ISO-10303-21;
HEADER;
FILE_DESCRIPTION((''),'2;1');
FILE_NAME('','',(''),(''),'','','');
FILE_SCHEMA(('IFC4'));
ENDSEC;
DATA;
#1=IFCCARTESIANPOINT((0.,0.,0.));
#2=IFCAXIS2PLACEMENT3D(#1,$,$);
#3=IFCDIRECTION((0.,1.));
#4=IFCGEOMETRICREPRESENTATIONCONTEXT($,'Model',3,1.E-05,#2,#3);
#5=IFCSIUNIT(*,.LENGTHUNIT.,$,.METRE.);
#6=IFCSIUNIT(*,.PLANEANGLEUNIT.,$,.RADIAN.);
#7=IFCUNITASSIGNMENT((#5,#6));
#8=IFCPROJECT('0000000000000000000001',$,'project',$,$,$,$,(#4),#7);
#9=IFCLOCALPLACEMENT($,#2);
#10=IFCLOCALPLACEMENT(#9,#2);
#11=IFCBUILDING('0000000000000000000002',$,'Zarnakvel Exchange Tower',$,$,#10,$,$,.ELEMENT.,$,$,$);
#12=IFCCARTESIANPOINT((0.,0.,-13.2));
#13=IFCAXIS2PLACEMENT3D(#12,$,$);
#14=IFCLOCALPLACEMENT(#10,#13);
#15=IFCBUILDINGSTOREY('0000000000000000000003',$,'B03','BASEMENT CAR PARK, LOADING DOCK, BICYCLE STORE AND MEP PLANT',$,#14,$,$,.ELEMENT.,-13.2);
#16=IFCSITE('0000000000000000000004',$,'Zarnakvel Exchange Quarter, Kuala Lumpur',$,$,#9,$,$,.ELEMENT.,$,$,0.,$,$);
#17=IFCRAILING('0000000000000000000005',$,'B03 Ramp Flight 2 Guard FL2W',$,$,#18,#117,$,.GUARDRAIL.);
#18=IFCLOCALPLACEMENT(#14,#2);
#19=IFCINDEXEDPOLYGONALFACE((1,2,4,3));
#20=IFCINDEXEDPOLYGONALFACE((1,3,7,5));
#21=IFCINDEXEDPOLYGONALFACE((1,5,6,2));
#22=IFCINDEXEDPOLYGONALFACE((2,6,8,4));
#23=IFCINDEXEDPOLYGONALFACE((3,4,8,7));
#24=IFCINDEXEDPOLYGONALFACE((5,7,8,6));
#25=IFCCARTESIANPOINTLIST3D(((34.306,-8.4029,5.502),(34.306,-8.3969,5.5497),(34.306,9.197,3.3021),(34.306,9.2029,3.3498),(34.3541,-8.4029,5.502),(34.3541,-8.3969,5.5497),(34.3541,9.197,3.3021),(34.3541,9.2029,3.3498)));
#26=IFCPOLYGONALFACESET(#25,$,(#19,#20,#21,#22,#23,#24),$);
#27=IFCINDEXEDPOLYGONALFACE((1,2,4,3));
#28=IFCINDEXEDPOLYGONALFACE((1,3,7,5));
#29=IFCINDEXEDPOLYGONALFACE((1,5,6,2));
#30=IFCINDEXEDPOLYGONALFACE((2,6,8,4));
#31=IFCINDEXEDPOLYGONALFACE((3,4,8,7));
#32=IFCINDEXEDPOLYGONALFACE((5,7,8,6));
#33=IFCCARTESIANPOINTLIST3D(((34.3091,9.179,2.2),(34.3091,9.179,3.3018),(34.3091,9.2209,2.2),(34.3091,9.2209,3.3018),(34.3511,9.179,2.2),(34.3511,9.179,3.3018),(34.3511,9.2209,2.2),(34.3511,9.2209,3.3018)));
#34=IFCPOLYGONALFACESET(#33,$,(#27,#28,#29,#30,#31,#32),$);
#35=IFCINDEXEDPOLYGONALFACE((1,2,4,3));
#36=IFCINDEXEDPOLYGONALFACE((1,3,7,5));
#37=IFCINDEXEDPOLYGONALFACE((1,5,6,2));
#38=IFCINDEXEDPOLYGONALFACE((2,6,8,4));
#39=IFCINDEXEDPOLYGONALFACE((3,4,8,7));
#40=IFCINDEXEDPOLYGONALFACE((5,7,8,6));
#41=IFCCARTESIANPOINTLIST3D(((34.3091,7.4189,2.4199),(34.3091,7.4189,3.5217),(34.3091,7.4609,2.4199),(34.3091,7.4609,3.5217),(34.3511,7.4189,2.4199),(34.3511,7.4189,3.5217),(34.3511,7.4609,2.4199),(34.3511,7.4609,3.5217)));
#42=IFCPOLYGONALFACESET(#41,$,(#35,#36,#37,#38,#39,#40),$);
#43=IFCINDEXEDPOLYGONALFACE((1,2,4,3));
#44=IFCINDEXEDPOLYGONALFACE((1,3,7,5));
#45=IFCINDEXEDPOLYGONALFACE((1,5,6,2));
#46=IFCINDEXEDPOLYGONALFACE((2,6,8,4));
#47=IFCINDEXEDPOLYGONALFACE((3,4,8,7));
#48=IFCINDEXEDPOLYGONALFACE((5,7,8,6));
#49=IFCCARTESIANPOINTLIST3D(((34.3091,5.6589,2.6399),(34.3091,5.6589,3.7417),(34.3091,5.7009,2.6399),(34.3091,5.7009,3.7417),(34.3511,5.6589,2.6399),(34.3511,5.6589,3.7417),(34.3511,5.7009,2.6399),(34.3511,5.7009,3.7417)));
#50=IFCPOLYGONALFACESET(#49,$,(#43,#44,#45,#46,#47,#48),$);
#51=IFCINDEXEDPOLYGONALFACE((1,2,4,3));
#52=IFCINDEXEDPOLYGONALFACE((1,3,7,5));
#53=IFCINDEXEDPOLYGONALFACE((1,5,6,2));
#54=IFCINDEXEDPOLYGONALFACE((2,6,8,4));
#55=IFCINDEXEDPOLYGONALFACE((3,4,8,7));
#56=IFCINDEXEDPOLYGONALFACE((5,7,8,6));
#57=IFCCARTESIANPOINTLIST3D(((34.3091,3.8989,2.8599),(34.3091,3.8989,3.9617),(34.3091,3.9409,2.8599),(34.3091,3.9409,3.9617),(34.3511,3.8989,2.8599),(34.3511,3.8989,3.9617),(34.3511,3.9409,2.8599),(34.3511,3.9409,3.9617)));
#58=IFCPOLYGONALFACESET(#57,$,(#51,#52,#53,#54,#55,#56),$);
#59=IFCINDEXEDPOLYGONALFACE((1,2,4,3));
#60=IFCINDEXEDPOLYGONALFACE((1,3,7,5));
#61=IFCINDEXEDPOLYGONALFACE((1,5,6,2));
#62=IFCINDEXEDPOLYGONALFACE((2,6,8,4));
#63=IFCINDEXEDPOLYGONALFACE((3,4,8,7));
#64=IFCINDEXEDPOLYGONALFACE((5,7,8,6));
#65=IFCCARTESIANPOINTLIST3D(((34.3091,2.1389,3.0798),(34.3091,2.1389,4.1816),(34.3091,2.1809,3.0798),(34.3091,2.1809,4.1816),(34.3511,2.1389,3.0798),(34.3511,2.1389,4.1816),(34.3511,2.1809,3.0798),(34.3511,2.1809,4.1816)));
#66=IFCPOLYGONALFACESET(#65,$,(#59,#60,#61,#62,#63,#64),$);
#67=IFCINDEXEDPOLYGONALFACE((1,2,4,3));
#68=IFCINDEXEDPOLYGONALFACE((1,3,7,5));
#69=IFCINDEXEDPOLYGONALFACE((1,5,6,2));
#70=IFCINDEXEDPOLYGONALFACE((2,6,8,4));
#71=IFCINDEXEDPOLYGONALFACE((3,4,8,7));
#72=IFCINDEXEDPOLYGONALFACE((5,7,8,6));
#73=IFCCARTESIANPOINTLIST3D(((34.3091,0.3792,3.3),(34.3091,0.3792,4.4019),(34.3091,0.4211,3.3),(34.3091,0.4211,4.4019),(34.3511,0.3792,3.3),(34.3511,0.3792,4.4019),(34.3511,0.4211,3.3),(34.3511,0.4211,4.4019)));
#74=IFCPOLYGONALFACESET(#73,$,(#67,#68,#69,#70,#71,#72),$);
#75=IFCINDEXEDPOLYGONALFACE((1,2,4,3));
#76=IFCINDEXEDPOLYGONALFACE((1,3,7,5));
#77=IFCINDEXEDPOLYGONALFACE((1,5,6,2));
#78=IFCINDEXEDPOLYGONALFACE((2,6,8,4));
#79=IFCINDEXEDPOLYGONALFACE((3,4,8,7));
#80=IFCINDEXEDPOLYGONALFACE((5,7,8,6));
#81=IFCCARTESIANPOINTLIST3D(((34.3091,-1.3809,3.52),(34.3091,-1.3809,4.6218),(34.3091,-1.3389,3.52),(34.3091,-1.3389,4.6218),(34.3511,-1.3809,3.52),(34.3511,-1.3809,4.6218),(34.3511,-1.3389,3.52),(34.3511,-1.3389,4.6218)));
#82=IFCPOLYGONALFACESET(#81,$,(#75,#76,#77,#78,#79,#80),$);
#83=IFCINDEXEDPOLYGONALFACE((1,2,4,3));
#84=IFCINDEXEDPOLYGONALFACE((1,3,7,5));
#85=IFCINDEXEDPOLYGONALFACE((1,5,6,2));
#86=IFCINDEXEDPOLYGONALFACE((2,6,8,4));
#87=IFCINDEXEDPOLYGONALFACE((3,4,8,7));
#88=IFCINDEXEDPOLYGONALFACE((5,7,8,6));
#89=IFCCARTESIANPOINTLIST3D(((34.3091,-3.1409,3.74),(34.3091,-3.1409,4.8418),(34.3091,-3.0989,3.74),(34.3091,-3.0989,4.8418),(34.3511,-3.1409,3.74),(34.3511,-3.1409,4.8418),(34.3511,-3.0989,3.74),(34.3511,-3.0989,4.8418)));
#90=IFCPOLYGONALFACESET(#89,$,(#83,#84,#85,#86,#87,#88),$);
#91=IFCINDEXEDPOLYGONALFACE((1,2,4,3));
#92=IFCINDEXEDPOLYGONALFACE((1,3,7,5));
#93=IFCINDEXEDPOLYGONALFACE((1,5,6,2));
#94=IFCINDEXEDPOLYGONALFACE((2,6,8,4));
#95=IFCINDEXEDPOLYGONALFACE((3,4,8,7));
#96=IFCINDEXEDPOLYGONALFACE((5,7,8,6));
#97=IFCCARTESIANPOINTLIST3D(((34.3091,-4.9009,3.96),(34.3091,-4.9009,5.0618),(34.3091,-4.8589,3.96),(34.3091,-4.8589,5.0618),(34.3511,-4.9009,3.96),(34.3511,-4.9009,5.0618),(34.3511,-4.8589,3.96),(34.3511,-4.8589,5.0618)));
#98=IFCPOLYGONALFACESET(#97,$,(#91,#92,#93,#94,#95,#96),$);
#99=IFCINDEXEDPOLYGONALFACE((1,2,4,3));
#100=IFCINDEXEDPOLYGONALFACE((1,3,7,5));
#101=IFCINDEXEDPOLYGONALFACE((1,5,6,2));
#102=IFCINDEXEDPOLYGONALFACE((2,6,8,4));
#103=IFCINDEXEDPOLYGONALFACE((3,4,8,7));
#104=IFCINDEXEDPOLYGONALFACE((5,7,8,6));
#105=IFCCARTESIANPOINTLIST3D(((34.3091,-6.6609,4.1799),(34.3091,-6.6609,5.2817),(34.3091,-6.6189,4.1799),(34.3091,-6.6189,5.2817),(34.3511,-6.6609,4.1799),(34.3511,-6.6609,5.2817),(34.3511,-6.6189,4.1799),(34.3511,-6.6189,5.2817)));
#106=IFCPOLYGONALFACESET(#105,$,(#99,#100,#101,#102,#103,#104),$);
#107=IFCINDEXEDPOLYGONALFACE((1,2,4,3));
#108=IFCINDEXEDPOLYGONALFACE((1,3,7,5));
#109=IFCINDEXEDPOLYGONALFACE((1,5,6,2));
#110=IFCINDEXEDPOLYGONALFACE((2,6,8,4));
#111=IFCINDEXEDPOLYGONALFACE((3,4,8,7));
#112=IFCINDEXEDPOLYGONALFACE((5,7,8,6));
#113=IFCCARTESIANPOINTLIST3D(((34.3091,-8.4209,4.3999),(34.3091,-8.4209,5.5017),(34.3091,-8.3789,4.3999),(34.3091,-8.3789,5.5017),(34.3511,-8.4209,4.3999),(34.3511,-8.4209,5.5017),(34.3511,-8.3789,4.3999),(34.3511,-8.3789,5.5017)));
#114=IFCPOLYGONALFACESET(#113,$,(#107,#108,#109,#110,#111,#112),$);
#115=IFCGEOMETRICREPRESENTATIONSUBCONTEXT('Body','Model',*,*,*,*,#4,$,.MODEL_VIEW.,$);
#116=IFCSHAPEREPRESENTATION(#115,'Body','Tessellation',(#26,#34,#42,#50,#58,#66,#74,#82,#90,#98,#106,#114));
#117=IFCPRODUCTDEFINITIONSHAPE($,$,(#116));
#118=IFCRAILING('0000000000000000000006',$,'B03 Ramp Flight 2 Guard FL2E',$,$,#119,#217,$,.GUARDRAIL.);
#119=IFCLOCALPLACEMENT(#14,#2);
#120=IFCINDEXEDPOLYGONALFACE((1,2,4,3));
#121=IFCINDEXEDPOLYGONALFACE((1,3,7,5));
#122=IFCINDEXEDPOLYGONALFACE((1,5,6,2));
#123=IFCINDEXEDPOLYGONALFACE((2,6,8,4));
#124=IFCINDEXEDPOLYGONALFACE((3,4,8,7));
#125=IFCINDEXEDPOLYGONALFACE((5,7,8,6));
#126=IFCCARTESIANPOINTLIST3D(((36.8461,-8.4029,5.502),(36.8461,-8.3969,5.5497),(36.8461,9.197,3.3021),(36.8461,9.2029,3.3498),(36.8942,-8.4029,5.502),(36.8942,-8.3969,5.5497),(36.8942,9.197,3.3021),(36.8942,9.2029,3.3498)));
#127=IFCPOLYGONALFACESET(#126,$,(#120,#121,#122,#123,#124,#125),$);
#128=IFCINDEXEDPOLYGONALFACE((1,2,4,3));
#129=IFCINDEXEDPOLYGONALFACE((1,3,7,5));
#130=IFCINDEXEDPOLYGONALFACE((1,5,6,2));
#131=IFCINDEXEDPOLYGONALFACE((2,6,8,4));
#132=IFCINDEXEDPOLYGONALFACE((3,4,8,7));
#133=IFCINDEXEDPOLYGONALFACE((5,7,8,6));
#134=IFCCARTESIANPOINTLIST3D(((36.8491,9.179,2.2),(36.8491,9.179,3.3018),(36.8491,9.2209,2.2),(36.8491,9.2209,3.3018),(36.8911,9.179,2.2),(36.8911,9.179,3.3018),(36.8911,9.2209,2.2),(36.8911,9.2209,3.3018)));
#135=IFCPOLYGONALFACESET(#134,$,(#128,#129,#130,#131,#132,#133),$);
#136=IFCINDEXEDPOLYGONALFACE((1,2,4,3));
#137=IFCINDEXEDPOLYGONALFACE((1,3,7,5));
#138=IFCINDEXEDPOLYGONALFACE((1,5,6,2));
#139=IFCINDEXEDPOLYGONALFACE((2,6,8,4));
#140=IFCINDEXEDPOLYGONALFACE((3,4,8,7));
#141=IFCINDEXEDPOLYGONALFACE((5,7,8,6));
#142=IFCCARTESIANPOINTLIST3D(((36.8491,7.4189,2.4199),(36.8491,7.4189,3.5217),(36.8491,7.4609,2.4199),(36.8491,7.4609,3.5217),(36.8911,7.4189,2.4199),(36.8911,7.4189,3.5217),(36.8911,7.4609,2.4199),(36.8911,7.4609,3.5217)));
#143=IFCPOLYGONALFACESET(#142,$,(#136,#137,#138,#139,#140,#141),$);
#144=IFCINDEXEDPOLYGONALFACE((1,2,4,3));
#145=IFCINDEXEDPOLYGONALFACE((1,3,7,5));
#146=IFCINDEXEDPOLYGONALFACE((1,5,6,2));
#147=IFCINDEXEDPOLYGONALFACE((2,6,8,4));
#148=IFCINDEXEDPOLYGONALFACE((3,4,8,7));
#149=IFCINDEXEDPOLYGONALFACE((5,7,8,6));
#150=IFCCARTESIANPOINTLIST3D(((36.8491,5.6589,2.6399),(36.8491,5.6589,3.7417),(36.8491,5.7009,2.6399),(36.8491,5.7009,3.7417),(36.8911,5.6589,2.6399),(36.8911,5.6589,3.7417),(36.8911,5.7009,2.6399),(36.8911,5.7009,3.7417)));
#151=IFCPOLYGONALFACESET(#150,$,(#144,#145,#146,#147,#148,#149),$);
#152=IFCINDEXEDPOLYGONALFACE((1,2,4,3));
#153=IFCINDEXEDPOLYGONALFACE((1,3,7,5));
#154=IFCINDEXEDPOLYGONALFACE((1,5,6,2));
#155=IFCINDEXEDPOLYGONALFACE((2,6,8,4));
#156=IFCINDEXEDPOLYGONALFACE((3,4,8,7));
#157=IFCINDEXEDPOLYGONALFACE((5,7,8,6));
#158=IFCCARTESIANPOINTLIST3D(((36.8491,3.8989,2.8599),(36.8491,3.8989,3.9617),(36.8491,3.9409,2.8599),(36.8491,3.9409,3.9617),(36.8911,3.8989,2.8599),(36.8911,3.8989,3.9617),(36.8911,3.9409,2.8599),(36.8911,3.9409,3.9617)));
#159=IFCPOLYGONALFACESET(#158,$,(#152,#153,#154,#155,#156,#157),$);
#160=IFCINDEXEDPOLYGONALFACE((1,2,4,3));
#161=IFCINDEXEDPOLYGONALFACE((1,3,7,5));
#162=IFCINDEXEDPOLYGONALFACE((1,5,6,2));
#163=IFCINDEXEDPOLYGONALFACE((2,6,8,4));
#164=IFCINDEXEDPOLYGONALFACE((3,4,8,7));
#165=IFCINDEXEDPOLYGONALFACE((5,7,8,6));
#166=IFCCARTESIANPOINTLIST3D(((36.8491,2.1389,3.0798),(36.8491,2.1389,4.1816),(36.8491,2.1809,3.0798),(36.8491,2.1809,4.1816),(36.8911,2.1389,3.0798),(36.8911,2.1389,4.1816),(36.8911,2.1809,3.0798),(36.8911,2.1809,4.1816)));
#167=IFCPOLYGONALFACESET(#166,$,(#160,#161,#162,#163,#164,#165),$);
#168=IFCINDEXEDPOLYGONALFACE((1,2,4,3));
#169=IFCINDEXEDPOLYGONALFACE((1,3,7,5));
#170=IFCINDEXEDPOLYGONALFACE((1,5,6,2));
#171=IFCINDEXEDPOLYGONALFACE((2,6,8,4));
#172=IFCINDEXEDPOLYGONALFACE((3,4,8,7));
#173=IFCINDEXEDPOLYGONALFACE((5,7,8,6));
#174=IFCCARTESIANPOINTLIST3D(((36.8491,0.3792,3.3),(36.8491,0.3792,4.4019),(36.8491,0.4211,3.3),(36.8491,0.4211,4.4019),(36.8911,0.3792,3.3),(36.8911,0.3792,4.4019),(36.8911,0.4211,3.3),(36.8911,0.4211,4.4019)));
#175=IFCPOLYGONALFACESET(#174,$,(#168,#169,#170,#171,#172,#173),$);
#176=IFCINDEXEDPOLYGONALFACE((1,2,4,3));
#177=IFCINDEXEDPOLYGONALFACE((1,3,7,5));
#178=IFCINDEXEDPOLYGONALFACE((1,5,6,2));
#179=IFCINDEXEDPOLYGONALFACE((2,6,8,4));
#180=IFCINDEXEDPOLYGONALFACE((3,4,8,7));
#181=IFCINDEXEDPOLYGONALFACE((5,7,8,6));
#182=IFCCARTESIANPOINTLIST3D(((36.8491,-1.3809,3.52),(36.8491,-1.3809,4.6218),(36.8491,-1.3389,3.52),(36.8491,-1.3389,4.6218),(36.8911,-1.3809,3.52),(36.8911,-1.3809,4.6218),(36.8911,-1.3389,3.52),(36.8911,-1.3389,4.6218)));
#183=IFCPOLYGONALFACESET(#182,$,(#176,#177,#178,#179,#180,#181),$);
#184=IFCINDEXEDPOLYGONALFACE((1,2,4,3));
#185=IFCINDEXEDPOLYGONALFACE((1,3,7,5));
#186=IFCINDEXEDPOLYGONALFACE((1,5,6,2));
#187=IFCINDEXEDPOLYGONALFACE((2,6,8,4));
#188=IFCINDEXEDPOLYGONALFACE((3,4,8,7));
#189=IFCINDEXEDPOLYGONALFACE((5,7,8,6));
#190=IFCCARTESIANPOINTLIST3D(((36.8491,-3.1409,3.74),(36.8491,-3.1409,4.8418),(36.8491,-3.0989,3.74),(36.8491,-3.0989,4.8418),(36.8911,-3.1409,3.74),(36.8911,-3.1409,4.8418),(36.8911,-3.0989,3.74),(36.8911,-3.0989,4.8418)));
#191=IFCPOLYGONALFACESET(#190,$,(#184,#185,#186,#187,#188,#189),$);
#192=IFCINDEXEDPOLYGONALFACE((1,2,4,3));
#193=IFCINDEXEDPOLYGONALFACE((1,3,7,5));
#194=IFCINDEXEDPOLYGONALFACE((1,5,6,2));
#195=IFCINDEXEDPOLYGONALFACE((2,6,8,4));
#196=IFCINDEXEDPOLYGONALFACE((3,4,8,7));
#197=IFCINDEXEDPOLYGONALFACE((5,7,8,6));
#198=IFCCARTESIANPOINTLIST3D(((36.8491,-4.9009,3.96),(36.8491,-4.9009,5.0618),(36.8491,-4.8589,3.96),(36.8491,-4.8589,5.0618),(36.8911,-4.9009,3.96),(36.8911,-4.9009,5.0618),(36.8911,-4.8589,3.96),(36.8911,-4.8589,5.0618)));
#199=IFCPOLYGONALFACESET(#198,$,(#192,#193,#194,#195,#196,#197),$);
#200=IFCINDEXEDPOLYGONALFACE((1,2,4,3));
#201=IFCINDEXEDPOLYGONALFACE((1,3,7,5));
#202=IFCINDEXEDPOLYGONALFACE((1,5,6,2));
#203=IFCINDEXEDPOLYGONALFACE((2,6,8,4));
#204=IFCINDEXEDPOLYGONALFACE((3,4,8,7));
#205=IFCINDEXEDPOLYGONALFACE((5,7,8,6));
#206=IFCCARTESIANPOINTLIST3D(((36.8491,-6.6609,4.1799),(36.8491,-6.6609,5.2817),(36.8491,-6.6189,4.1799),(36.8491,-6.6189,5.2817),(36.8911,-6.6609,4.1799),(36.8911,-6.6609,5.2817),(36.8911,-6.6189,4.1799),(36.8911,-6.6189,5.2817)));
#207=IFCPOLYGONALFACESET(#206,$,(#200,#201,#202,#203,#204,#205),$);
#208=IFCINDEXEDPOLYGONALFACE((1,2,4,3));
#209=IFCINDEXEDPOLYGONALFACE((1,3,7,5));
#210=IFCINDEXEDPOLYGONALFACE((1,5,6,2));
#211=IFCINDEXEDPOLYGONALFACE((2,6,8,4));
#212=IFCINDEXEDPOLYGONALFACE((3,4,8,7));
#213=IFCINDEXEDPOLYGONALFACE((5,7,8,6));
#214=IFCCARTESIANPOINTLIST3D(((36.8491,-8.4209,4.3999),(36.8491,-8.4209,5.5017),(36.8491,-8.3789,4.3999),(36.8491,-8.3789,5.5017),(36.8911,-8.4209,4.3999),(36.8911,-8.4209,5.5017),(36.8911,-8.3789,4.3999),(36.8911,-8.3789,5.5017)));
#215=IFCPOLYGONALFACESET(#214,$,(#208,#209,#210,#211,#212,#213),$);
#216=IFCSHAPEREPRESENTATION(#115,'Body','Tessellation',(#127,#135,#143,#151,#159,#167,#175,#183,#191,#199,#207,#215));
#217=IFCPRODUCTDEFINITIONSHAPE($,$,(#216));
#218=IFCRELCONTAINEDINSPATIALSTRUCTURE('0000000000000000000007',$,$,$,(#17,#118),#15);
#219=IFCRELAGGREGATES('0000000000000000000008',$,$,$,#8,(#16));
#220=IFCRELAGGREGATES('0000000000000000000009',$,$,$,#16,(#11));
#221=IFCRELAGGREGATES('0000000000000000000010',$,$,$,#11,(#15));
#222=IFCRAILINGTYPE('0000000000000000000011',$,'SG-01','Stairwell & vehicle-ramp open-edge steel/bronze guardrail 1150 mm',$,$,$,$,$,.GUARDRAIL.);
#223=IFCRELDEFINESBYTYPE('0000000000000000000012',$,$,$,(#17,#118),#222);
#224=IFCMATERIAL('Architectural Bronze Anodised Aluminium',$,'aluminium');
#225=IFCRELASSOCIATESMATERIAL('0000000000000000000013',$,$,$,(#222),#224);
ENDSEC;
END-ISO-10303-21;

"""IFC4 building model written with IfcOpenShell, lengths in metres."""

from ifc_helpers import new_model, si_unit, direction, frame, origin, origin_2d, place, context, subcontext, project, spatial, rectangle, extrude, material, type_object, element, save


model = new_model("IFC4")

# Units and contexts
model_context = context("Model", 3, precision=1e-05, world=origin(), true_north=direction((0.0, 1.0)))
body_context = subcontext(model_context, "Body", "Model", "MODEL_VIEW")
ifc_project = project(units=[si_unit("LENGTHUNIT", "METRE"), si_unit("PLANEANGLEUNIT", "RADIAN")], contexts=[model_context])

# Site, building, storey
site_placement = place(None, origin())
site = spatial("IfcSite", under=ifc_project, at=site_placement, Name="Zarnakvel Exchange Quarter, Kuala Lumpur", CompositionType="ELEMENT", RefElevation=0.0)
building_placement = place(site_placement, origin())
building = spatial("IfcBuilding", under=site, at=building_placement, Name="Zarnakvel Exchange Tower", CompositionType="ELEMENT")
storey_placement = place(building_placement, frame((0.0, 0.0, -13.2)))
storey = spatial("IfcBuildingStorey", under=building, at=storey_placement, Name="B03", Description="BASEMENT CAR PARK, LOADING DOCK, BICYCLE STORE AND MEP PLANT", CompositionType="ELEMENT", Elevation=-13.2)

# Railings
ifc_material_1 = material(Name="Architectural Bronze Anodised Aluminium", Category="aluminium")
railing_type = type_object("IfcRailingType", Name="SG-01", Description="Stairwell & vehicle-ramp open-edge steel/bronze guardrail 1150 mm", PredefinedType="GUARDRAIL", material=ifc_material_1)
railing_1_placement = place(storey_placement, frame((34.3301, 9.2, 2.2)))
element("IfcRailing", 1, at=railing_1_placement, inside=storey, type_object=railing_type, Name="B03 Ramp Flight 2 Guard FL2W", PredefinedType="GUARDRAIL", context=body_context, shape_type="SweptSolid", body=[
    extrude(rectangle(XDim=0.0481, YDim=0.0481, at=origin_2d()), frame((0.0, 0.0, 1.126), z_axis=(0.0, -0.992278, 0.124033), x_axis=(1.0, 0.0, 0.0)), (0.0, 0.0, 1.0), 17.7368),
    extrude(rectangle(XDim=0.042, YDim=0.042, at=origin_2d()), origin(), (0.0, 0.0, 1.0), 1.1018),
    extrude(rectangle(XDim=0.042, YDim=0.042, at=origin_2d()), frame((0.0, -1.76, 0.22)), (0.0, 0.0, 1.0), 1.1018),
    extrude(rectangle(XDim=0.042, YDim=0.042, at=origin_2d()), frame((0.0, -3.52, 0.4399)), (0.0, 0.0, 1.0), 1.1018),
    extrude(rectangle(XDim=0.042, YDim=0.042, at=origin_2d()), frame((0.0, -5.28, 0.6599)), (0.0, 0.0, 1.0), 1.1018),
    extrude(rectangle(XDim=0.042, YDim=0.042, at=origin_2d()), frame((0.0, -7.04, 0.8799)), (0.0, 0.0, 1.0), 1.1018),
    extrude(rectangle(XDim=0.042, YDim=0.042, at=origin_2d()), frame((0.0, -8.7998, 1.1001)), (0.0, 0.0, 1.0), 1.1018),
    extrude(rectangle(XDim=0.042, YDim=0.042, at=origin_2d()), frame((0.0, -10.5598, 1.3201)), (0.0, 0.0, 1.0), 1.1018),
    extrude(rectangle(XDim=0.042, YDim=0.042, at=origin_2d()), frame((0.0, -12.3198, 1.54)), (0.0, 0.0, 1.0), 1.1018),
    extrude(rectangle(XDim=0.042, YDim=0.042, at=origin_2d()), frame((0.0, -14.0798, 1.76)), (0.0, 0.0, 1.0), 1.1018),
    extrude(rectangle(XDim=0.042, YDim=0.042, at=origin_2d()), frame((0.0, -15.8398, 1.98)), (0.0, 0.0, 1.0), 1.1018),
    extrude(rectangle(XDim=0.042, YDim=0.042, at=origin_2d()), frame((0.0, -17.5999, 2.2)), (0.0, 0.0, 1.0), 1.1018),
])
railing_2_placement = place(storey_placement, frame((36.8701, 9.2, 2.2)))
element("IfcRailing", 2, at=railing_2_placement, inside=storey, type_object=railing_type, Name="B03 Ramp Flight 2 Guard FL2E", PredefinedType="GUARDRAIL", context=body_context, shape_type="SweptSolid", body=[
    extrude(rectangle(XDim=0.0481, YDim=0.0481, at=origin_2d()), frame((0.0, 0.0, 1.126), z_axis=(0.0, -0.992278, 0.124033), x_axis=(1.0, 0.0, 0.0)), (0.0, 0.0, 1.0), 17.7368),
    extrude(rectangle(XDim=0.042, YDim=0.042, at=origin_2d()), origin(), (0.0, 0.0, 1.0), 1.1018),
    extrude(rectangle(XDim=0.042, YDim=0.042, at=origin_2d()), frame((0.0, -1.76, 0.22)), (0.0, 0.0, 1.0), 1.1018),
    extrude(rectangle(XDim=0.042, YDim=0.042, at=origin_2d()), frame((0.0, -3.52, 0.4399)), (0.0, 0.0, 1.0), 1.1018),
    extrude(rectangle(XDim=0.042, YDim=0.042, at=origin_2d()), frame((0.0, -5.28, 0.6599)), (0.0, 0.0, 1.0), 1.1018),
    extrude(rectangle(XDim=0.042, YDim=0.042, at=origin_2d()), frame((0.0, -7.04, 0.8799)), (0.0, 0.0, 1.0), 1.1018),
    extrude(rectangle(XDim=0.042, YDim=0.042, at=origin_2d()), frame((0.0, -8.7998, 1.1001)), (0.0, 0.0, 1.0), 1.1018),
    extrude(rectangle(XDim=0.042, YDim=0.042, at=origin_2d()), frame((0.0, -10.5598, 1.3201)), (0.0, 0.0, 1.0), 1.1018),
    extrude(rectangle(XDim=0.042, YDim=0.042, at=origin_2d()), frame((0.0, -12.3198, 1.54)), (0.0, 0.0, 1.0), 1.1018),
    extrude(rectangle(XDim=0.042, YDim=0.042, at=origin_2d()), frame((0.0, -14.0798, 1.76)), (0.0, 0.0, 1.0), 1.1018),
    extrude(rectangle(XDim=0.042, YDim=0.042, at=origin_2d()), frame((0.0, -15.8398, 1.98)), (0.0, 0.0, 1.0), 1.1018),
    extrude(rectangle(XDim=0.042, YDim=0.042, at=origin_2d()), frame((0.0, -17.5999, 2.2)), (0.0, 0.0, 1.0), 1.1018),
])

save(model, "model.ifc")
